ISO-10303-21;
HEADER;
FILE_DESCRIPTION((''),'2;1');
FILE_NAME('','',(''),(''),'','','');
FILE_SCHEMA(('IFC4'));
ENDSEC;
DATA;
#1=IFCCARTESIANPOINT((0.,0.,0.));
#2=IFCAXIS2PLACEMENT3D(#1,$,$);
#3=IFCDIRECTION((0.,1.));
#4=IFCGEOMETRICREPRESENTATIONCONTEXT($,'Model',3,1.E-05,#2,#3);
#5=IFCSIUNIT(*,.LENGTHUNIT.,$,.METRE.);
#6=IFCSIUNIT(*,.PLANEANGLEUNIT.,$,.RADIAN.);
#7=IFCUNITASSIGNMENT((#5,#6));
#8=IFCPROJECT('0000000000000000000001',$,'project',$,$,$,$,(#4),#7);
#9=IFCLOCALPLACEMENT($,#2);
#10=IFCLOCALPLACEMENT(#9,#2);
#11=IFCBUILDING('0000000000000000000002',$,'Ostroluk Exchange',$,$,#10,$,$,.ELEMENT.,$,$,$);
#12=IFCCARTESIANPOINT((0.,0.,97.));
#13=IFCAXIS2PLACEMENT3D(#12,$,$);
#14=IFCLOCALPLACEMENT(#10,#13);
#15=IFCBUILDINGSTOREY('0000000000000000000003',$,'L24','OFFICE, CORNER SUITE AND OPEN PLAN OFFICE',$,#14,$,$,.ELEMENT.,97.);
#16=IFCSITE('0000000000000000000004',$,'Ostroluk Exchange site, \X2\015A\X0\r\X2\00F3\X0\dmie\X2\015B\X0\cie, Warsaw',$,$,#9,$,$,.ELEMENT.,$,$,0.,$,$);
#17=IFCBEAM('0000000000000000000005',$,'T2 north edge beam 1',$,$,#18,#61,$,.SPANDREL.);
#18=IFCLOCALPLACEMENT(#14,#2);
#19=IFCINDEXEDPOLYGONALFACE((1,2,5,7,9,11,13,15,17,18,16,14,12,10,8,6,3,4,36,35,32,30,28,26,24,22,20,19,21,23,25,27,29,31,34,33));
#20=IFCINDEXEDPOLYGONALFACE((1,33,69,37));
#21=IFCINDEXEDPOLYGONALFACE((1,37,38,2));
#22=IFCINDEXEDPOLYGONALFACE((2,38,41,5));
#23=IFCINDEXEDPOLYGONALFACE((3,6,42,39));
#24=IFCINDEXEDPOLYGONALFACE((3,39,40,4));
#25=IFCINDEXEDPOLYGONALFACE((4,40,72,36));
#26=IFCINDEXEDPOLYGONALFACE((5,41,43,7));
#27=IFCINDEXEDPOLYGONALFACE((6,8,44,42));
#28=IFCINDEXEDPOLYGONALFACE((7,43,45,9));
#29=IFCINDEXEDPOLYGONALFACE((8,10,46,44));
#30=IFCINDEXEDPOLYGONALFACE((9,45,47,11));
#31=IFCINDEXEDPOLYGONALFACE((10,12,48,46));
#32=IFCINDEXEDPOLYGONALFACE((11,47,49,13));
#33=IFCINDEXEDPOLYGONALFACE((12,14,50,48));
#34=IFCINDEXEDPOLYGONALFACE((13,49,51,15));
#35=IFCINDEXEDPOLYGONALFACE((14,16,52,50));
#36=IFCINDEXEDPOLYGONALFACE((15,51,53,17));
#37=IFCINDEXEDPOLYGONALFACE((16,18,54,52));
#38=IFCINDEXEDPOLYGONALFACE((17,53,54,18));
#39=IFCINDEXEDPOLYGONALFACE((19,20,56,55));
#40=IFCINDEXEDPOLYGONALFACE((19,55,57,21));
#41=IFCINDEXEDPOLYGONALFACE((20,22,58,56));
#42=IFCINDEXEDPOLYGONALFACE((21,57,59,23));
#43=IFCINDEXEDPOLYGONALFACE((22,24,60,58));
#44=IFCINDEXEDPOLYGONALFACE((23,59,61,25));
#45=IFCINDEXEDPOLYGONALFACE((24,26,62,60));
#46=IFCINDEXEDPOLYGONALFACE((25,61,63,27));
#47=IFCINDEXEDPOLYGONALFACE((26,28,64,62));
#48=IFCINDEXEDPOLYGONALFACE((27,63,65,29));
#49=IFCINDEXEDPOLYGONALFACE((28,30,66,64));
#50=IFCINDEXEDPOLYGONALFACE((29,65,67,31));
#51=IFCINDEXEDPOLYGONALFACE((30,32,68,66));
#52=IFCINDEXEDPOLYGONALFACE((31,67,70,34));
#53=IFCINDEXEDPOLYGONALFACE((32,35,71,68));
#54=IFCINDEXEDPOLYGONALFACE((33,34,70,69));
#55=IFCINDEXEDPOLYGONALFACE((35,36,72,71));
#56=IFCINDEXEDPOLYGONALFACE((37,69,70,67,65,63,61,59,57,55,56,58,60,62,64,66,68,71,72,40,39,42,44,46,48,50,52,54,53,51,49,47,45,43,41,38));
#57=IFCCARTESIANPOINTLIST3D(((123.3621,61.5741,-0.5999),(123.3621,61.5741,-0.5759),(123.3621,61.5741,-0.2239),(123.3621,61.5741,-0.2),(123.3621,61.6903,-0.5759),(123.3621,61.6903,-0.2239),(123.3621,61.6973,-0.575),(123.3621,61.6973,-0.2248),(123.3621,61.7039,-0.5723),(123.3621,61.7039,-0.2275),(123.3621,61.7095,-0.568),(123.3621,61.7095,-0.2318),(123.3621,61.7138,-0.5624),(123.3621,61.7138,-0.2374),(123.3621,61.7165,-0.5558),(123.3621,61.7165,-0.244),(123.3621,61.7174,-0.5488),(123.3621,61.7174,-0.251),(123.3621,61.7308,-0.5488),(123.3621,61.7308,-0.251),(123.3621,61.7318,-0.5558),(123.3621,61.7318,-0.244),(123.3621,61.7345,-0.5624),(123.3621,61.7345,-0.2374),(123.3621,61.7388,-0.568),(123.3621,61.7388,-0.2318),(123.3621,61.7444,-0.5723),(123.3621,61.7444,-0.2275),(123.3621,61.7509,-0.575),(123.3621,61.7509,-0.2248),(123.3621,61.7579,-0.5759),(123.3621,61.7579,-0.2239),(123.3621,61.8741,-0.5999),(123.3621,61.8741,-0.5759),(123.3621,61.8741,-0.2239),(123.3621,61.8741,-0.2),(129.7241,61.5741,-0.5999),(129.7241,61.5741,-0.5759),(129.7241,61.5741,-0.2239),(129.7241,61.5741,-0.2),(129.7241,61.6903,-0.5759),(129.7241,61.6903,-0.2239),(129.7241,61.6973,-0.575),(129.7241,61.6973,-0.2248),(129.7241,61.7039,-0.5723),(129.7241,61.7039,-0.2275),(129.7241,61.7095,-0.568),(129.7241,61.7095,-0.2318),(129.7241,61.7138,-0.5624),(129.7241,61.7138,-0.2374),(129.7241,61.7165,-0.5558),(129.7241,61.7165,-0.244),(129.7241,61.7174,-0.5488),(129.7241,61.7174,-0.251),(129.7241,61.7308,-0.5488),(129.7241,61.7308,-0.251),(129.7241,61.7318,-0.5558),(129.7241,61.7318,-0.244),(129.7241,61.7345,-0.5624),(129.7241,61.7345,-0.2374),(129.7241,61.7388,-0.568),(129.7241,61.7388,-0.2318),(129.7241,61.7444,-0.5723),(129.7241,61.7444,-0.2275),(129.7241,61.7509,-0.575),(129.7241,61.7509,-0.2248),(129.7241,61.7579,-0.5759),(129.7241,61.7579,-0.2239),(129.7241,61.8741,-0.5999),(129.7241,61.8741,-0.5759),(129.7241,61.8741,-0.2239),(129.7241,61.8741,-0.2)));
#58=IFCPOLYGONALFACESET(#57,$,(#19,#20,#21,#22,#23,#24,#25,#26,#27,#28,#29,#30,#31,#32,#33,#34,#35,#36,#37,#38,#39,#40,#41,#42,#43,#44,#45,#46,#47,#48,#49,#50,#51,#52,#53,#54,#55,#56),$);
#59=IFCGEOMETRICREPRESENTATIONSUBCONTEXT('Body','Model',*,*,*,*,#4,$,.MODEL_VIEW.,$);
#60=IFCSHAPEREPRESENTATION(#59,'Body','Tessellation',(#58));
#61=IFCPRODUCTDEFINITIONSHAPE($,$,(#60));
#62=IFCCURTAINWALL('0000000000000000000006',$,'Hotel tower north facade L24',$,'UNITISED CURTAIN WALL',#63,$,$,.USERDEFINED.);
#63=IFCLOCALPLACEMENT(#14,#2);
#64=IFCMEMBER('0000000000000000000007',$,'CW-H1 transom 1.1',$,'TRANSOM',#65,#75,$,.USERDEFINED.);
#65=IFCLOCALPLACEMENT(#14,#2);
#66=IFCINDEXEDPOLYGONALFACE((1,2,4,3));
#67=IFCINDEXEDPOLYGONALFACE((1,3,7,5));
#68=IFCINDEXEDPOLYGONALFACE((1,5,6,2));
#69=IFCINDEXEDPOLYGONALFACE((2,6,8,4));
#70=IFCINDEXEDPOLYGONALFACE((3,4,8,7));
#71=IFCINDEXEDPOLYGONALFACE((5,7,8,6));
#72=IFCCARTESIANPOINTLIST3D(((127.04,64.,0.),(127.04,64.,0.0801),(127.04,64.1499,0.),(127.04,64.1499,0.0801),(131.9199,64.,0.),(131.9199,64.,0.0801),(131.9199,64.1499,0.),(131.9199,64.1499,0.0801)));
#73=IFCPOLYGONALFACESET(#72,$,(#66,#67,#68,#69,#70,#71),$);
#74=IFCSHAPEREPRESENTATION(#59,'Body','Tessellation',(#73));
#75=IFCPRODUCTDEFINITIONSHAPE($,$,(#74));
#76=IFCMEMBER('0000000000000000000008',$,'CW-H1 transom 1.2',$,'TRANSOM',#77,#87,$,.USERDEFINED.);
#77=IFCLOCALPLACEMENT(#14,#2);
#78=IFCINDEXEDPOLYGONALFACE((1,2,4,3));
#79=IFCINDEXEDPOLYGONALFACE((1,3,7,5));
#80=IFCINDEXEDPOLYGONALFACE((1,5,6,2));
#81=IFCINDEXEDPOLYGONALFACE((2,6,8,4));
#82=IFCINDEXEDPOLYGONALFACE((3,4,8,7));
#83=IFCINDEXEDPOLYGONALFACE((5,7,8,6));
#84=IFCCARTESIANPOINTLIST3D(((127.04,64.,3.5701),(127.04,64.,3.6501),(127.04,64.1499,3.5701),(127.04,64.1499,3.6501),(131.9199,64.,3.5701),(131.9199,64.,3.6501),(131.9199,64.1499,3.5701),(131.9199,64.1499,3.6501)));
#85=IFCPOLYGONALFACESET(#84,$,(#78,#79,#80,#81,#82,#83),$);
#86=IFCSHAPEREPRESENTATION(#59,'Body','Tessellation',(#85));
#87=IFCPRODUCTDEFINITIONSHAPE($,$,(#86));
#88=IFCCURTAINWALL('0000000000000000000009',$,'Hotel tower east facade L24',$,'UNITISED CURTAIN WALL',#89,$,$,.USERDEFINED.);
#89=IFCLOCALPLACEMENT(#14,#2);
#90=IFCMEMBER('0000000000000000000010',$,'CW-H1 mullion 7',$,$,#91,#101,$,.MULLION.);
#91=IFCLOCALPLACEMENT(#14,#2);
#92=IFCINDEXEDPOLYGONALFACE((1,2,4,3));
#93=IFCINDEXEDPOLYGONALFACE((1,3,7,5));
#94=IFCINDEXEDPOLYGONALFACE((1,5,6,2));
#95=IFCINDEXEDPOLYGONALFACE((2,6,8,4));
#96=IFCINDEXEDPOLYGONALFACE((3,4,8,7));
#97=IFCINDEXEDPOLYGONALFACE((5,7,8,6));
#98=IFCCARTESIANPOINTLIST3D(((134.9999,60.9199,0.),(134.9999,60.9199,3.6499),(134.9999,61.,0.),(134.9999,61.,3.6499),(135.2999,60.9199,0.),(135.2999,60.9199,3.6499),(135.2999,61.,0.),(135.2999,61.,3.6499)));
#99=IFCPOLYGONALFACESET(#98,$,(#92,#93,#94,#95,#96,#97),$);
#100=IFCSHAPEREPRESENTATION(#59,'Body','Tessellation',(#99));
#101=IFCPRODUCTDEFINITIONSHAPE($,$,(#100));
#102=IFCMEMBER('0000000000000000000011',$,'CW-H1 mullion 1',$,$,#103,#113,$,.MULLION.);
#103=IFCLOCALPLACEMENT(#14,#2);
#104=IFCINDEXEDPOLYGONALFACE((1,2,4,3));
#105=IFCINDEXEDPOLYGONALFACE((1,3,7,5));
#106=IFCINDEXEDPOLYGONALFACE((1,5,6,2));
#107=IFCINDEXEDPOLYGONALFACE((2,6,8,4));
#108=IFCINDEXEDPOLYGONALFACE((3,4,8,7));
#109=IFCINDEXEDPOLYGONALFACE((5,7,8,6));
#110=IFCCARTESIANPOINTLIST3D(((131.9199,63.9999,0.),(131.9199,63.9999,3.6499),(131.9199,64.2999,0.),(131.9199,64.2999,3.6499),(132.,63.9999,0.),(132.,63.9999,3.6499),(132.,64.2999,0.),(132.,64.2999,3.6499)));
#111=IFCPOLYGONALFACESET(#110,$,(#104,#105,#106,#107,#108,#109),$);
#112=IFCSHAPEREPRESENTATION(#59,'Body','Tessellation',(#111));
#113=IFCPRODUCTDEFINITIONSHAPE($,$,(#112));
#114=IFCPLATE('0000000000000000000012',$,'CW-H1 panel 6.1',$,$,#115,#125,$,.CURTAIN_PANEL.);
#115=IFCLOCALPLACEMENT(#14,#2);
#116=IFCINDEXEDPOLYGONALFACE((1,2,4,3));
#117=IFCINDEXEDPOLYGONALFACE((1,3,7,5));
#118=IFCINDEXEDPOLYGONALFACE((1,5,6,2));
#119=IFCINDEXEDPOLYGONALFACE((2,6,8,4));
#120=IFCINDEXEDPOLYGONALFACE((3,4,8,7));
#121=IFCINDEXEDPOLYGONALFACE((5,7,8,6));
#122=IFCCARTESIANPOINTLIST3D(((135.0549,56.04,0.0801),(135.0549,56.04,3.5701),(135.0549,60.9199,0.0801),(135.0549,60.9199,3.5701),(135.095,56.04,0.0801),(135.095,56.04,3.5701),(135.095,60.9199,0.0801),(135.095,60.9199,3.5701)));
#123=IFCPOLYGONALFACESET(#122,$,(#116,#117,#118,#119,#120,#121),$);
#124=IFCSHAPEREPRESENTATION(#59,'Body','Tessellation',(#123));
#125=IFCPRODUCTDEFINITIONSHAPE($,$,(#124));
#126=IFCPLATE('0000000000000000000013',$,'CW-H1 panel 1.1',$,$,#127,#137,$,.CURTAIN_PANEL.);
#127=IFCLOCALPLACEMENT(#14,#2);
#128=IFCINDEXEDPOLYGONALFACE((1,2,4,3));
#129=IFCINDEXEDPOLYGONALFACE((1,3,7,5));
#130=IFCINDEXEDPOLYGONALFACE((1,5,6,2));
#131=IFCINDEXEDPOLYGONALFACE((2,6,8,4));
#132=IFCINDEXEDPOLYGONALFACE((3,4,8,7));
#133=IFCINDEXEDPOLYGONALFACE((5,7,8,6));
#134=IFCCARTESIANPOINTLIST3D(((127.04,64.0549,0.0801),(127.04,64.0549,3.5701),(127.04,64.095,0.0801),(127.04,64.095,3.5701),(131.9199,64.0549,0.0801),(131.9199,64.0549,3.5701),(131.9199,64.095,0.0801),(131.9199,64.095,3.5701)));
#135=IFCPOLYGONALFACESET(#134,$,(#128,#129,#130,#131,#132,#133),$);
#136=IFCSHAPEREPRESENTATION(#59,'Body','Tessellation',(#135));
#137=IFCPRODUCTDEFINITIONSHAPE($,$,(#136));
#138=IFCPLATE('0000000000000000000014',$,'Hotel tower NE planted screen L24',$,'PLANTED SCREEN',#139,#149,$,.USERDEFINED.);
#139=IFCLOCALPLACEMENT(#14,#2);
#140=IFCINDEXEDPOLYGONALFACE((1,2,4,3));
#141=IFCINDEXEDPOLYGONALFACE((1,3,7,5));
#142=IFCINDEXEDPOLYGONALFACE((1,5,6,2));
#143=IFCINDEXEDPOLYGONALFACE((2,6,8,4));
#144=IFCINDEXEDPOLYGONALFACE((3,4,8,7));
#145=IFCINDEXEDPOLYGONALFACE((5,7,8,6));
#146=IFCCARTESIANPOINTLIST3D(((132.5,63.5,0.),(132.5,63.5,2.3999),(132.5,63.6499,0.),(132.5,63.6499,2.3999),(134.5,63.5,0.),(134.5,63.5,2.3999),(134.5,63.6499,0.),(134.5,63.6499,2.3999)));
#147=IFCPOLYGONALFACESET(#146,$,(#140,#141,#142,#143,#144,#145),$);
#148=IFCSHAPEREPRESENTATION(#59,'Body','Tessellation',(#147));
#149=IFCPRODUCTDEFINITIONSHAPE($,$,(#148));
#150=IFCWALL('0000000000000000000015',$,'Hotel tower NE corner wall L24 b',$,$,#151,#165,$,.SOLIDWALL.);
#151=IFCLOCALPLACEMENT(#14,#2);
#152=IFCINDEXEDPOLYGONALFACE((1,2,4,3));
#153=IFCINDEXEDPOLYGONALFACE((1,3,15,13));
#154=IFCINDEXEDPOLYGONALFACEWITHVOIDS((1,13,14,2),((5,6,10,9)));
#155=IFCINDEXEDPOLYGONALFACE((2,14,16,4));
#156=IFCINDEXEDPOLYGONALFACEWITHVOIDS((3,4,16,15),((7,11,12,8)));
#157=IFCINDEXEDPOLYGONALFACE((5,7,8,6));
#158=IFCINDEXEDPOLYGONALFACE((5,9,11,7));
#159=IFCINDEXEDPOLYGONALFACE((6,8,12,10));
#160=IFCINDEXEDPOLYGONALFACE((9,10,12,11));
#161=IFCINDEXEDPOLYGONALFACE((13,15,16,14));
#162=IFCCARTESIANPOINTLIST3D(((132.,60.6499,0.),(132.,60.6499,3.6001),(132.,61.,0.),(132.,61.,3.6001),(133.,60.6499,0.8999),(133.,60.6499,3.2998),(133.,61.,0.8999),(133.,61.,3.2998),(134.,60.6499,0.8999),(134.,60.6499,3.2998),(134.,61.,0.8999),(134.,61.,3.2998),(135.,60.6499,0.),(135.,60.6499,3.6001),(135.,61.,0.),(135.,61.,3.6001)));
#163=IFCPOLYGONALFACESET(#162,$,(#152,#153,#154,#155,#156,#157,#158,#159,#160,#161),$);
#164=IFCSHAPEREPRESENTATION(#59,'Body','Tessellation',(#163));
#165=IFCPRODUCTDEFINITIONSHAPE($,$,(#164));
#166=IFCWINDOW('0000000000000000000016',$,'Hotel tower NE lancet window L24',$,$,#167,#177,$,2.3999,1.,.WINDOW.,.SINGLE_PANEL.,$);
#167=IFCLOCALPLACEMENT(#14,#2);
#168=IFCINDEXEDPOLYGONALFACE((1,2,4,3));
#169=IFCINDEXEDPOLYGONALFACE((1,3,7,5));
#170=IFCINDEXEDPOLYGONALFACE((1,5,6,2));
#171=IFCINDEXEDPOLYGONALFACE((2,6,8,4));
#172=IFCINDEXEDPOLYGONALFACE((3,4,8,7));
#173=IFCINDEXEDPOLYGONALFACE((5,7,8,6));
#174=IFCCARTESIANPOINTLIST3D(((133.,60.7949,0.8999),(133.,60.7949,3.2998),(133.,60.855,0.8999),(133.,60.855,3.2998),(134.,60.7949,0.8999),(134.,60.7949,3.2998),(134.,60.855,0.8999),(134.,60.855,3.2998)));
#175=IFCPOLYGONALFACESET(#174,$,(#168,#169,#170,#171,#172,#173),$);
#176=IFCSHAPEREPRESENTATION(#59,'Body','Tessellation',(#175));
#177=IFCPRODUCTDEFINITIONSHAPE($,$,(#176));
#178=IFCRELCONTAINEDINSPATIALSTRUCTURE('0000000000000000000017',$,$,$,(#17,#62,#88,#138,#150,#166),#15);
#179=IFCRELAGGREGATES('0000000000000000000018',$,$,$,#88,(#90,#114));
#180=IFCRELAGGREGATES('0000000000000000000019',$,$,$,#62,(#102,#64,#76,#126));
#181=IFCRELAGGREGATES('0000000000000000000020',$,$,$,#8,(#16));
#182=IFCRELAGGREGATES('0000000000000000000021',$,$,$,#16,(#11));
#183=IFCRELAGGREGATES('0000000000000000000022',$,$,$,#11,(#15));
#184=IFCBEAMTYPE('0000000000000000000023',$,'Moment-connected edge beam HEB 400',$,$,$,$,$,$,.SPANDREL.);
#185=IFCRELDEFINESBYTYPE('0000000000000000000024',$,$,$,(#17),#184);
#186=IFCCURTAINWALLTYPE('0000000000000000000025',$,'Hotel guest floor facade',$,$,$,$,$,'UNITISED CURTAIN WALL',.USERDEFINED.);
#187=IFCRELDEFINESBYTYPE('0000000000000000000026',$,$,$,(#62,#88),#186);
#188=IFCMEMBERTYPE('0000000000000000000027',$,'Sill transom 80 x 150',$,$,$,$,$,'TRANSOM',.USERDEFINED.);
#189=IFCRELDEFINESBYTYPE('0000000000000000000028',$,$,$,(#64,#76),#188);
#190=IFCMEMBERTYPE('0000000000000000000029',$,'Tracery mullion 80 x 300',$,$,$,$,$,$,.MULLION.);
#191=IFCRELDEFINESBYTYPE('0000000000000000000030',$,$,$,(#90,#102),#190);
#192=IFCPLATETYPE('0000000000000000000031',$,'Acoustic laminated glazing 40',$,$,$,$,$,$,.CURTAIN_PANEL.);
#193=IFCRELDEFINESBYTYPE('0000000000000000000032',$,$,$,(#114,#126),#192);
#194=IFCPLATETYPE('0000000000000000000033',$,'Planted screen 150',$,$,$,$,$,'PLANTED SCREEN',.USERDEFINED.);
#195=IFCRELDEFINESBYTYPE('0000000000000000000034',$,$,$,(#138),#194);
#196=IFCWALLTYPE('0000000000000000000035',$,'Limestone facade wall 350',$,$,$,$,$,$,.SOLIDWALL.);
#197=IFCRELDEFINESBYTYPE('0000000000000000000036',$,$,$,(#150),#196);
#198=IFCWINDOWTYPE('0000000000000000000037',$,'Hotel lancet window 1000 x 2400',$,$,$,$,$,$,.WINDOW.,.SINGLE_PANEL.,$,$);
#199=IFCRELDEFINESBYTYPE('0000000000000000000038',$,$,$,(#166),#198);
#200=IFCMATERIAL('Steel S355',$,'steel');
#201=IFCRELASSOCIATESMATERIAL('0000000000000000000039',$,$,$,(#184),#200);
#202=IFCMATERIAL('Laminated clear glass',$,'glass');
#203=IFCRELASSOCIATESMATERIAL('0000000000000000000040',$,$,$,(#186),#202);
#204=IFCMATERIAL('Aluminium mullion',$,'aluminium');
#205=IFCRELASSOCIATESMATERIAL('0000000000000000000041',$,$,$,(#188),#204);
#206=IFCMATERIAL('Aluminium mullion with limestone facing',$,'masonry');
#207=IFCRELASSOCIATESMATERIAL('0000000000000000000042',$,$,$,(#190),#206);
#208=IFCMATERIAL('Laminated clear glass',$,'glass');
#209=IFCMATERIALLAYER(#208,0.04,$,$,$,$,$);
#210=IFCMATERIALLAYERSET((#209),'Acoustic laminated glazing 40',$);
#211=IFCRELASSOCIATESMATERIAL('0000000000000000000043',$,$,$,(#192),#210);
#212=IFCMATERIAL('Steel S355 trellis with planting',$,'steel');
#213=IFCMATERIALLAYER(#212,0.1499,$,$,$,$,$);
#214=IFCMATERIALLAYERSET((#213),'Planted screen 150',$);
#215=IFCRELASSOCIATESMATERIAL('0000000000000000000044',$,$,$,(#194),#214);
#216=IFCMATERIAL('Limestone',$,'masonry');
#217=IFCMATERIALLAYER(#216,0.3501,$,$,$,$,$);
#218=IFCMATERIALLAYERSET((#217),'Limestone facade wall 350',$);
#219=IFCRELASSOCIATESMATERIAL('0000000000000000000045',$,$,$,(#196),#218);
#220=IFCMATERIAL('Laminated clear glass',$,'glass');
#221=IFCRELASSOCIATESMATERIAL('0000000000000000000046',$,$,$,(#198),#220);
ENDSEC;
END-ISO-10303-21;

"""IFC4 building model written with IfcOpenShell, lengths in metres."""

from ifc_helpers import new_model, si_unit, direction, frame, frame_2d, origin, origin_2d, place, context, subcontext, project, spatial, rectangle, i_section, extrude, material, layer, layer_set, material_profile, profile_set, type_object, element, fill, aggregate, save


model = new_model("IFC4")

# Units and contexts
model_context = context("Model", 3, precision=1e-05, world=origin(), true_north=direction((0.0, 1.0)))
body_context = subcontext(model_context, "Body", "Model", "MODEL_VIEW")
ifc_project = project(units=[si_unit("LENGTHUNIT", "METRE"), si_unit("PLANEANGLEUNIT", "RADIAN")], contexts=[model_context])

# Site, building, storey
site_placement = place(None, origin())
site = spatial("IfcSite", under=ifc_project, at=site_placement, Name="Ostroluk Exchange site, Śródmieście, Warsaw", CompositionType="ELEMENT", RefElevation=0.0)
building_placement = place(site_placement, origin())
building = spatial("IfcBuilding", under=site, at=building_placement, Name="Ostroluk Exchange", CompositionType="ELEMENT")
storey_placement = place(building_placement, frame((0.0, 0.0, 97.0)))
storey = spatial("IfcBuildingStorey", under=building, at=storey_placement, Name="L24", Description="OFFICE, CORNER SUITE AND OPEN PLAN OFFICE", CompositionType="ELEMENT", Elevation=97.0)

# Beam
ifc_material_1 = material(Name="Steel S355", Category="steel")
ifc_material_profile_1 = material_profile(ifc_material_1, i_section(OverallWidth=0.3, OverallDepth=0.3999, WebThickness=0.0134, FlangeThickness=0.0239, FilletRadius=0.0271, at=origin_2d()), Name="HEB 400")
ifc_profile_set_1 = profile_set([ifc_material_profile_1], Name="Steel S355")
beam_type_1 = type_object("IfcBeamType", Name="Moment-connected edge beam HEB 400", PredefinedType="SPANDREL", material=ifc_profile_set_1)
beam_1_placement = place(storey_placement, frame((129.7241, 61.7241, -0.3999), z_axis=(-1.0, 0.0, 0.0), x_axis=(0.0, -1.0, 0.0)))
element("IfcBeam", 1, at=beam_1_placement, inside=storey, type_object=beam_type_1, Name="T2 north edge beam 1", PredefinedType="SPANDREL", context=body_context, shape_type="SweptSolid", body=[
    extrude(i_section(OverallWidth=0.3, OverallDepth=0.3999, WebThickness=0.0134, FlangeThickness=0.0239, FilletRadius=0.0271, at=origin_2d()), origin(), (0.0, 0.0, 1.0), 6.3621),
])

# Curtain wall, members
ifc_material_2 = material(Name="Laminated clear glass", Category="glass")
curtain_wall_type = type_object("IfcCurtainWallType", Name="Hotel guest floor facade", ElementType="UNITISED CURTAIN WALL", PredefinedType="USERDEFINED", material=ifc_material_2)
curtain_wall_1_placement = place(storey_placement, origin())
curtain_wall_1 = element("IfcCurtainWall", 2, at=curtain_wall_1_placement, inside=storey, type_object=curtain_wall_type, Name="Hotel tower north facade L24", ObjectType="UNITISED CURTAIN WALL", PredefinedType="USERDEFINED")
ifc_material_3 = material(Name="Aluminium mullion", Category="aluminium")
ifc_material_profile_2 = material_profile(ifc_material_3, rectangle(XDim=0.1499, YDim=0.0801, at=origin_2d()), Name="Sill transom 80 x 150")
ifc_profile_set_2 = profile_set([ifc_material_profile_2], Name="Aluminium mullion")
member_type_1 = type_object("IfcMemberType", Name="Sill transom 80 x 150", ElementType="TRANSOM", PredefinedType="USERDEFINED", material=ifc_profile_set_2)
member_1_placement = place(storey_placement, frame((131.9199, 64.075, 0.04), z_axis=(-1.0, 0.0, 0.0), x_axis=(0.0, -1.0, 0.0)))
member_1 = element("IfcMember", 3, at=member_1_placement, type_object=member_type_1, Name="CW-H1 transom 1.1", ObjectType="TRANSOM", PredefinedType="USERDEFINED", context=body_context, shape_type="SweptSolid", body=[
    extrude(rectangle(XDim=0.1499, YDim=0.0801, at=origin_2d()), origin(), (0.0, 0.0, 1.0), 4.8799),
])
member_2_placement = place(storey_placement, frame((131.9199, 64.075, 3.6101), z_axis=(-1.0, 0.0, 0.0), x_axis=(0.0, -1.0, 0.0)))
member_2 = element("IfcMember", 4, at=member_2_placement, type_object=member_type_1, Name="CW-H1 transom 1.2", ObjectType="TRANSOM", PredefinedType="USERDEFINED", context=body_context, shape_type="SweptSolid", body=[
    extrude(rectangle(XDim=0.1499, YDim=0.0801, at=origin_2d()), origin(), (0.0, 0.0, 1.0), 4.8799),
])

# Curtain wall, member
curtain_wall_2_placement = place(storey_placement, origin())
curtain_wall_2 = element("IfcCurtainWall", 5, at=curtain_wall_2_placement, inside=storey, type_object=curtain_wall_type, Name="Hotel tower east facade L24", ObjectType="UNITISED CURTAIN WALL", PredefinedType="USERDEFINED")
ifc_material_4 = material(Name="Aluminium mullion with limestone facing", Category="masonry")
ifc_material_profile_3 = material_profile(ifc_material_4, rectangle(XDim=0.3, YDim=0.0801, at=origin_2d()), Name="Tracery mullion 80 x 300")
ifc_profile_set_3 = profile_set([ifc_material_profile_3], Name="Aluminium mullion with limestone facing")
member_type_2 = type_object("IfcMemberType", Name="Tracery mullion 80 x 300", PredefinedType="MULLION", material=ifc_profile_set_3)
member_3_placement = place(storey_placement, frame((135.1499, 60.96, 0.0), z_axis=(0.0, 0.0, 1.0), x_axis=(-1.0, 0.0, 0.0)))
member_3 = element("IfcMember", 6, at=member_3_placement, type_object=member_type_2, Name="CW-H1 mullion 7", PredefinedType="MULLION", context=body_context, shape_type="SweptSolid", body=[
    extrude(rectangle(XDim=0.3, YDim=0.0801, at=origin_2d()), origin(), (0.0, 0.0, 1.0), 3.6499),
])

# Member
member_4_placement = place(storey_placement, frame((131.96, 64.1499, 0.0), z_axis=(0.0, 0.0, 1.0), x_axis=(0.0, -1.0, 0.0)))
member_4 = element("IfcMember", 7, at=member_4_placement, type_object=member_type_2, Name="CW-H1 mullion 1", PredefinedType="MULLION", context=body_context, shape_type="SweptSolid", body=[
    extrude(rectangle(XDim=0.3, YDim=0.0801, at=origin_2d()), origin(), (0.0, 0.0, 1.0), 3.6499),
])

# Plates
ifc_material_5 = material(Name="Laminated clear glass", Category="glass")
ifc_layer_1 = layer(ifc_material_5, 0.04)
ifc_layer_set_1 = layer_set([ifc_layer_1], Name="Acoustic laminated glazing 40")
plate_type_1 = type_object("IfcPlateType", Name="Acoustic laminated glazing 40", PredefinedType="CURTAIN_PANEL", material=ifc_layer_set_1)
plate_1_placement = place(storey_placement, frame((135.075, 58.48, 0.0801), z_axis=(0.0, 0.0, 1.0), x_axis=(0.0, 1.0, 0.0)))
plate_1 = element("IfcPlate", 8, at=plate_1_placement, type_object=plate_type_1, Name="CW-H1 panel 6.1", PredefinedType="CURTAIN_PANEL", context=body_context, shape_type="SweptSolid", body=[
    extrude(rectangle(XDim=4.8799, YDim=0.04, at=origin_2d()), origin(), (0.0, 0.0, 1.0), 3.49),
])
aggregate(curtain_wall_2, [member_3, plate_1])
plate_2_placement = place(storey_placement, frame((129.48, 64.075, 0.0801), z_axis=(0.0, 0.0, 1.0), x_axis=(-1.0, 0.0, 0.0)))
plate_2 = element("IfcPlate", 9, at=plate_2_placement, type_object=plate_type_1, Name="CW-H1 panel 1.1", PredefinedType="CURTAIN_PANEL", context=body_context, shape_type="SweptSolid", body=[
    extrude(rectangle(XDim=4.8799, YDim=0.04, at=origin_2d()), origin(), (0.0, 0.0, 1.0), 3.49),
])
aggregate(curtain_wall_1, [member_4, member_1, member_2, plate_2])
ifc_material_6 = material(Name="Steel S355 trellis with planting", Category="steel")
ifc_layer_2 = layer(ifc_material_6, 0.1499)
ifc_layer_set_2 = layer_set([ifc_layer_2], Name="Planted screen 150")
plate_type_2 = type_object("IfcPlateType", Name="Planted screen 150", ElementType="PLANTED SCREEN", PredefinedType="USERDEFINED", material=ifc_layer_set_2)
plate_3_placement = place(storey_placement, frame((133.5, 63.575, 0.0), z_axis=(0.0, 0.0, 1.0), x_axis=(1.0, 0.0, 0.0)))
element("IfcPlate", 10, at=plate_3_placement, inside=storey, type_object=plate_type_2, Name="Hotel tower NE planted screen L24", ObjectType="PLANTED SCREEN", PredefinedType="USERDEFINED", context=body_context, shape_type="SweptSolid", body=[
    extrude(rectangle(XDim=2.0, YDim=0.1499, at=origin_2d()), origin(), (0.0, 0.0, 1.0), 2.3999),
])

# Shared definitions
ifc_material_7 = material(Name="Limestone", Category="masonry")
ifc_layer_3 = layer(ifc_material_7, 0.3501)
ifc_layer_set_3 = layer_set([ifc_layer_3], Name="Limestone facade wall 350")
wall_type_1 = type_object("IfcWallType", Name="Limestone facade wall 350", PredefinedType="SOLIDWALL", material=ifc_layer_set_3)

# Wall, opening, window
wall_1_placement = place(storey_placement, frame((132.0, 60.825, 0.0), z_axis=(0.0, 0.0, 1.0), x_axis=(1.0, 0.0, 0.0)))
wall_1 = element("IfcWall", 11, at=wall_1_placement, inside=storey, type_object=wall_type_1, Name="Hotel tower NE corner wall L24 b", PredefinedType="SOLIDWALL", context=body_context, shape_type="SweptSolid", body=[
    extrude(rectangle(XDim=3.0, YDim=0.3501, at=frame_2d((1.5, 0.0))), origin(), (0.0, 0.0, 1.0), 3.6001),
])
opening_1_placement = place(wall_1_placement, frame((1.0, 0.0, 0.8999)))
opening_1 = element("IfcOpeningElement", 12, at=opening_1_placement, cuts=wall_1, PredefinedType="OPENING", context=body_context, shape_type="SweptSolid", body=[
    extrude(rectangle(XDim=1.0, YDim=2.3999, at=frame_2d((0.5, 1.2))), frame((0.0, 0.1851, 0.0), z_axis=(0.0, -1.0, 0.0), x_axis=(1.0, 0.0, 0.0)), (0.0, 0.0, 1.0), 0.3701),
])
ifc_material_8 = material(Name="Laminated clear glass", Category="glass")
window_type = type_object("IfcWindowType", Name="Hotel lancet window 1000 x 2400", PartitioningType="SINGLE_PANEL", PredefinedType="WINDOW", material=ifc_material_8)
window_placement = place(opening_1_placement, origin())
window = element("IfcWindow", 13, at=window_placement, inside=storey, type_object=window_type, Name="Hotel tower NE lancet window L24", OverallHeight=2.3999, OverallWidth=1.0, PartitioningType="SINGLE_PANEL", PredefinedType="WINDOW", context=body_context, shape_type="SweptSolid", body=[
    extrude(rectangle(XDim=1.0, YDim=2.3999, at=frame_2d((0.5, 1.2))), frame((0.0, 0.03, 0.0), z_axis=(0.0, -1.0, 0.0), x_axis=(1.0, 0.0, 0.0)), (0.0, 0.0, 1.0), 0.0601),
])
fill(opening_1, window)

save(model, "model.ifc")
